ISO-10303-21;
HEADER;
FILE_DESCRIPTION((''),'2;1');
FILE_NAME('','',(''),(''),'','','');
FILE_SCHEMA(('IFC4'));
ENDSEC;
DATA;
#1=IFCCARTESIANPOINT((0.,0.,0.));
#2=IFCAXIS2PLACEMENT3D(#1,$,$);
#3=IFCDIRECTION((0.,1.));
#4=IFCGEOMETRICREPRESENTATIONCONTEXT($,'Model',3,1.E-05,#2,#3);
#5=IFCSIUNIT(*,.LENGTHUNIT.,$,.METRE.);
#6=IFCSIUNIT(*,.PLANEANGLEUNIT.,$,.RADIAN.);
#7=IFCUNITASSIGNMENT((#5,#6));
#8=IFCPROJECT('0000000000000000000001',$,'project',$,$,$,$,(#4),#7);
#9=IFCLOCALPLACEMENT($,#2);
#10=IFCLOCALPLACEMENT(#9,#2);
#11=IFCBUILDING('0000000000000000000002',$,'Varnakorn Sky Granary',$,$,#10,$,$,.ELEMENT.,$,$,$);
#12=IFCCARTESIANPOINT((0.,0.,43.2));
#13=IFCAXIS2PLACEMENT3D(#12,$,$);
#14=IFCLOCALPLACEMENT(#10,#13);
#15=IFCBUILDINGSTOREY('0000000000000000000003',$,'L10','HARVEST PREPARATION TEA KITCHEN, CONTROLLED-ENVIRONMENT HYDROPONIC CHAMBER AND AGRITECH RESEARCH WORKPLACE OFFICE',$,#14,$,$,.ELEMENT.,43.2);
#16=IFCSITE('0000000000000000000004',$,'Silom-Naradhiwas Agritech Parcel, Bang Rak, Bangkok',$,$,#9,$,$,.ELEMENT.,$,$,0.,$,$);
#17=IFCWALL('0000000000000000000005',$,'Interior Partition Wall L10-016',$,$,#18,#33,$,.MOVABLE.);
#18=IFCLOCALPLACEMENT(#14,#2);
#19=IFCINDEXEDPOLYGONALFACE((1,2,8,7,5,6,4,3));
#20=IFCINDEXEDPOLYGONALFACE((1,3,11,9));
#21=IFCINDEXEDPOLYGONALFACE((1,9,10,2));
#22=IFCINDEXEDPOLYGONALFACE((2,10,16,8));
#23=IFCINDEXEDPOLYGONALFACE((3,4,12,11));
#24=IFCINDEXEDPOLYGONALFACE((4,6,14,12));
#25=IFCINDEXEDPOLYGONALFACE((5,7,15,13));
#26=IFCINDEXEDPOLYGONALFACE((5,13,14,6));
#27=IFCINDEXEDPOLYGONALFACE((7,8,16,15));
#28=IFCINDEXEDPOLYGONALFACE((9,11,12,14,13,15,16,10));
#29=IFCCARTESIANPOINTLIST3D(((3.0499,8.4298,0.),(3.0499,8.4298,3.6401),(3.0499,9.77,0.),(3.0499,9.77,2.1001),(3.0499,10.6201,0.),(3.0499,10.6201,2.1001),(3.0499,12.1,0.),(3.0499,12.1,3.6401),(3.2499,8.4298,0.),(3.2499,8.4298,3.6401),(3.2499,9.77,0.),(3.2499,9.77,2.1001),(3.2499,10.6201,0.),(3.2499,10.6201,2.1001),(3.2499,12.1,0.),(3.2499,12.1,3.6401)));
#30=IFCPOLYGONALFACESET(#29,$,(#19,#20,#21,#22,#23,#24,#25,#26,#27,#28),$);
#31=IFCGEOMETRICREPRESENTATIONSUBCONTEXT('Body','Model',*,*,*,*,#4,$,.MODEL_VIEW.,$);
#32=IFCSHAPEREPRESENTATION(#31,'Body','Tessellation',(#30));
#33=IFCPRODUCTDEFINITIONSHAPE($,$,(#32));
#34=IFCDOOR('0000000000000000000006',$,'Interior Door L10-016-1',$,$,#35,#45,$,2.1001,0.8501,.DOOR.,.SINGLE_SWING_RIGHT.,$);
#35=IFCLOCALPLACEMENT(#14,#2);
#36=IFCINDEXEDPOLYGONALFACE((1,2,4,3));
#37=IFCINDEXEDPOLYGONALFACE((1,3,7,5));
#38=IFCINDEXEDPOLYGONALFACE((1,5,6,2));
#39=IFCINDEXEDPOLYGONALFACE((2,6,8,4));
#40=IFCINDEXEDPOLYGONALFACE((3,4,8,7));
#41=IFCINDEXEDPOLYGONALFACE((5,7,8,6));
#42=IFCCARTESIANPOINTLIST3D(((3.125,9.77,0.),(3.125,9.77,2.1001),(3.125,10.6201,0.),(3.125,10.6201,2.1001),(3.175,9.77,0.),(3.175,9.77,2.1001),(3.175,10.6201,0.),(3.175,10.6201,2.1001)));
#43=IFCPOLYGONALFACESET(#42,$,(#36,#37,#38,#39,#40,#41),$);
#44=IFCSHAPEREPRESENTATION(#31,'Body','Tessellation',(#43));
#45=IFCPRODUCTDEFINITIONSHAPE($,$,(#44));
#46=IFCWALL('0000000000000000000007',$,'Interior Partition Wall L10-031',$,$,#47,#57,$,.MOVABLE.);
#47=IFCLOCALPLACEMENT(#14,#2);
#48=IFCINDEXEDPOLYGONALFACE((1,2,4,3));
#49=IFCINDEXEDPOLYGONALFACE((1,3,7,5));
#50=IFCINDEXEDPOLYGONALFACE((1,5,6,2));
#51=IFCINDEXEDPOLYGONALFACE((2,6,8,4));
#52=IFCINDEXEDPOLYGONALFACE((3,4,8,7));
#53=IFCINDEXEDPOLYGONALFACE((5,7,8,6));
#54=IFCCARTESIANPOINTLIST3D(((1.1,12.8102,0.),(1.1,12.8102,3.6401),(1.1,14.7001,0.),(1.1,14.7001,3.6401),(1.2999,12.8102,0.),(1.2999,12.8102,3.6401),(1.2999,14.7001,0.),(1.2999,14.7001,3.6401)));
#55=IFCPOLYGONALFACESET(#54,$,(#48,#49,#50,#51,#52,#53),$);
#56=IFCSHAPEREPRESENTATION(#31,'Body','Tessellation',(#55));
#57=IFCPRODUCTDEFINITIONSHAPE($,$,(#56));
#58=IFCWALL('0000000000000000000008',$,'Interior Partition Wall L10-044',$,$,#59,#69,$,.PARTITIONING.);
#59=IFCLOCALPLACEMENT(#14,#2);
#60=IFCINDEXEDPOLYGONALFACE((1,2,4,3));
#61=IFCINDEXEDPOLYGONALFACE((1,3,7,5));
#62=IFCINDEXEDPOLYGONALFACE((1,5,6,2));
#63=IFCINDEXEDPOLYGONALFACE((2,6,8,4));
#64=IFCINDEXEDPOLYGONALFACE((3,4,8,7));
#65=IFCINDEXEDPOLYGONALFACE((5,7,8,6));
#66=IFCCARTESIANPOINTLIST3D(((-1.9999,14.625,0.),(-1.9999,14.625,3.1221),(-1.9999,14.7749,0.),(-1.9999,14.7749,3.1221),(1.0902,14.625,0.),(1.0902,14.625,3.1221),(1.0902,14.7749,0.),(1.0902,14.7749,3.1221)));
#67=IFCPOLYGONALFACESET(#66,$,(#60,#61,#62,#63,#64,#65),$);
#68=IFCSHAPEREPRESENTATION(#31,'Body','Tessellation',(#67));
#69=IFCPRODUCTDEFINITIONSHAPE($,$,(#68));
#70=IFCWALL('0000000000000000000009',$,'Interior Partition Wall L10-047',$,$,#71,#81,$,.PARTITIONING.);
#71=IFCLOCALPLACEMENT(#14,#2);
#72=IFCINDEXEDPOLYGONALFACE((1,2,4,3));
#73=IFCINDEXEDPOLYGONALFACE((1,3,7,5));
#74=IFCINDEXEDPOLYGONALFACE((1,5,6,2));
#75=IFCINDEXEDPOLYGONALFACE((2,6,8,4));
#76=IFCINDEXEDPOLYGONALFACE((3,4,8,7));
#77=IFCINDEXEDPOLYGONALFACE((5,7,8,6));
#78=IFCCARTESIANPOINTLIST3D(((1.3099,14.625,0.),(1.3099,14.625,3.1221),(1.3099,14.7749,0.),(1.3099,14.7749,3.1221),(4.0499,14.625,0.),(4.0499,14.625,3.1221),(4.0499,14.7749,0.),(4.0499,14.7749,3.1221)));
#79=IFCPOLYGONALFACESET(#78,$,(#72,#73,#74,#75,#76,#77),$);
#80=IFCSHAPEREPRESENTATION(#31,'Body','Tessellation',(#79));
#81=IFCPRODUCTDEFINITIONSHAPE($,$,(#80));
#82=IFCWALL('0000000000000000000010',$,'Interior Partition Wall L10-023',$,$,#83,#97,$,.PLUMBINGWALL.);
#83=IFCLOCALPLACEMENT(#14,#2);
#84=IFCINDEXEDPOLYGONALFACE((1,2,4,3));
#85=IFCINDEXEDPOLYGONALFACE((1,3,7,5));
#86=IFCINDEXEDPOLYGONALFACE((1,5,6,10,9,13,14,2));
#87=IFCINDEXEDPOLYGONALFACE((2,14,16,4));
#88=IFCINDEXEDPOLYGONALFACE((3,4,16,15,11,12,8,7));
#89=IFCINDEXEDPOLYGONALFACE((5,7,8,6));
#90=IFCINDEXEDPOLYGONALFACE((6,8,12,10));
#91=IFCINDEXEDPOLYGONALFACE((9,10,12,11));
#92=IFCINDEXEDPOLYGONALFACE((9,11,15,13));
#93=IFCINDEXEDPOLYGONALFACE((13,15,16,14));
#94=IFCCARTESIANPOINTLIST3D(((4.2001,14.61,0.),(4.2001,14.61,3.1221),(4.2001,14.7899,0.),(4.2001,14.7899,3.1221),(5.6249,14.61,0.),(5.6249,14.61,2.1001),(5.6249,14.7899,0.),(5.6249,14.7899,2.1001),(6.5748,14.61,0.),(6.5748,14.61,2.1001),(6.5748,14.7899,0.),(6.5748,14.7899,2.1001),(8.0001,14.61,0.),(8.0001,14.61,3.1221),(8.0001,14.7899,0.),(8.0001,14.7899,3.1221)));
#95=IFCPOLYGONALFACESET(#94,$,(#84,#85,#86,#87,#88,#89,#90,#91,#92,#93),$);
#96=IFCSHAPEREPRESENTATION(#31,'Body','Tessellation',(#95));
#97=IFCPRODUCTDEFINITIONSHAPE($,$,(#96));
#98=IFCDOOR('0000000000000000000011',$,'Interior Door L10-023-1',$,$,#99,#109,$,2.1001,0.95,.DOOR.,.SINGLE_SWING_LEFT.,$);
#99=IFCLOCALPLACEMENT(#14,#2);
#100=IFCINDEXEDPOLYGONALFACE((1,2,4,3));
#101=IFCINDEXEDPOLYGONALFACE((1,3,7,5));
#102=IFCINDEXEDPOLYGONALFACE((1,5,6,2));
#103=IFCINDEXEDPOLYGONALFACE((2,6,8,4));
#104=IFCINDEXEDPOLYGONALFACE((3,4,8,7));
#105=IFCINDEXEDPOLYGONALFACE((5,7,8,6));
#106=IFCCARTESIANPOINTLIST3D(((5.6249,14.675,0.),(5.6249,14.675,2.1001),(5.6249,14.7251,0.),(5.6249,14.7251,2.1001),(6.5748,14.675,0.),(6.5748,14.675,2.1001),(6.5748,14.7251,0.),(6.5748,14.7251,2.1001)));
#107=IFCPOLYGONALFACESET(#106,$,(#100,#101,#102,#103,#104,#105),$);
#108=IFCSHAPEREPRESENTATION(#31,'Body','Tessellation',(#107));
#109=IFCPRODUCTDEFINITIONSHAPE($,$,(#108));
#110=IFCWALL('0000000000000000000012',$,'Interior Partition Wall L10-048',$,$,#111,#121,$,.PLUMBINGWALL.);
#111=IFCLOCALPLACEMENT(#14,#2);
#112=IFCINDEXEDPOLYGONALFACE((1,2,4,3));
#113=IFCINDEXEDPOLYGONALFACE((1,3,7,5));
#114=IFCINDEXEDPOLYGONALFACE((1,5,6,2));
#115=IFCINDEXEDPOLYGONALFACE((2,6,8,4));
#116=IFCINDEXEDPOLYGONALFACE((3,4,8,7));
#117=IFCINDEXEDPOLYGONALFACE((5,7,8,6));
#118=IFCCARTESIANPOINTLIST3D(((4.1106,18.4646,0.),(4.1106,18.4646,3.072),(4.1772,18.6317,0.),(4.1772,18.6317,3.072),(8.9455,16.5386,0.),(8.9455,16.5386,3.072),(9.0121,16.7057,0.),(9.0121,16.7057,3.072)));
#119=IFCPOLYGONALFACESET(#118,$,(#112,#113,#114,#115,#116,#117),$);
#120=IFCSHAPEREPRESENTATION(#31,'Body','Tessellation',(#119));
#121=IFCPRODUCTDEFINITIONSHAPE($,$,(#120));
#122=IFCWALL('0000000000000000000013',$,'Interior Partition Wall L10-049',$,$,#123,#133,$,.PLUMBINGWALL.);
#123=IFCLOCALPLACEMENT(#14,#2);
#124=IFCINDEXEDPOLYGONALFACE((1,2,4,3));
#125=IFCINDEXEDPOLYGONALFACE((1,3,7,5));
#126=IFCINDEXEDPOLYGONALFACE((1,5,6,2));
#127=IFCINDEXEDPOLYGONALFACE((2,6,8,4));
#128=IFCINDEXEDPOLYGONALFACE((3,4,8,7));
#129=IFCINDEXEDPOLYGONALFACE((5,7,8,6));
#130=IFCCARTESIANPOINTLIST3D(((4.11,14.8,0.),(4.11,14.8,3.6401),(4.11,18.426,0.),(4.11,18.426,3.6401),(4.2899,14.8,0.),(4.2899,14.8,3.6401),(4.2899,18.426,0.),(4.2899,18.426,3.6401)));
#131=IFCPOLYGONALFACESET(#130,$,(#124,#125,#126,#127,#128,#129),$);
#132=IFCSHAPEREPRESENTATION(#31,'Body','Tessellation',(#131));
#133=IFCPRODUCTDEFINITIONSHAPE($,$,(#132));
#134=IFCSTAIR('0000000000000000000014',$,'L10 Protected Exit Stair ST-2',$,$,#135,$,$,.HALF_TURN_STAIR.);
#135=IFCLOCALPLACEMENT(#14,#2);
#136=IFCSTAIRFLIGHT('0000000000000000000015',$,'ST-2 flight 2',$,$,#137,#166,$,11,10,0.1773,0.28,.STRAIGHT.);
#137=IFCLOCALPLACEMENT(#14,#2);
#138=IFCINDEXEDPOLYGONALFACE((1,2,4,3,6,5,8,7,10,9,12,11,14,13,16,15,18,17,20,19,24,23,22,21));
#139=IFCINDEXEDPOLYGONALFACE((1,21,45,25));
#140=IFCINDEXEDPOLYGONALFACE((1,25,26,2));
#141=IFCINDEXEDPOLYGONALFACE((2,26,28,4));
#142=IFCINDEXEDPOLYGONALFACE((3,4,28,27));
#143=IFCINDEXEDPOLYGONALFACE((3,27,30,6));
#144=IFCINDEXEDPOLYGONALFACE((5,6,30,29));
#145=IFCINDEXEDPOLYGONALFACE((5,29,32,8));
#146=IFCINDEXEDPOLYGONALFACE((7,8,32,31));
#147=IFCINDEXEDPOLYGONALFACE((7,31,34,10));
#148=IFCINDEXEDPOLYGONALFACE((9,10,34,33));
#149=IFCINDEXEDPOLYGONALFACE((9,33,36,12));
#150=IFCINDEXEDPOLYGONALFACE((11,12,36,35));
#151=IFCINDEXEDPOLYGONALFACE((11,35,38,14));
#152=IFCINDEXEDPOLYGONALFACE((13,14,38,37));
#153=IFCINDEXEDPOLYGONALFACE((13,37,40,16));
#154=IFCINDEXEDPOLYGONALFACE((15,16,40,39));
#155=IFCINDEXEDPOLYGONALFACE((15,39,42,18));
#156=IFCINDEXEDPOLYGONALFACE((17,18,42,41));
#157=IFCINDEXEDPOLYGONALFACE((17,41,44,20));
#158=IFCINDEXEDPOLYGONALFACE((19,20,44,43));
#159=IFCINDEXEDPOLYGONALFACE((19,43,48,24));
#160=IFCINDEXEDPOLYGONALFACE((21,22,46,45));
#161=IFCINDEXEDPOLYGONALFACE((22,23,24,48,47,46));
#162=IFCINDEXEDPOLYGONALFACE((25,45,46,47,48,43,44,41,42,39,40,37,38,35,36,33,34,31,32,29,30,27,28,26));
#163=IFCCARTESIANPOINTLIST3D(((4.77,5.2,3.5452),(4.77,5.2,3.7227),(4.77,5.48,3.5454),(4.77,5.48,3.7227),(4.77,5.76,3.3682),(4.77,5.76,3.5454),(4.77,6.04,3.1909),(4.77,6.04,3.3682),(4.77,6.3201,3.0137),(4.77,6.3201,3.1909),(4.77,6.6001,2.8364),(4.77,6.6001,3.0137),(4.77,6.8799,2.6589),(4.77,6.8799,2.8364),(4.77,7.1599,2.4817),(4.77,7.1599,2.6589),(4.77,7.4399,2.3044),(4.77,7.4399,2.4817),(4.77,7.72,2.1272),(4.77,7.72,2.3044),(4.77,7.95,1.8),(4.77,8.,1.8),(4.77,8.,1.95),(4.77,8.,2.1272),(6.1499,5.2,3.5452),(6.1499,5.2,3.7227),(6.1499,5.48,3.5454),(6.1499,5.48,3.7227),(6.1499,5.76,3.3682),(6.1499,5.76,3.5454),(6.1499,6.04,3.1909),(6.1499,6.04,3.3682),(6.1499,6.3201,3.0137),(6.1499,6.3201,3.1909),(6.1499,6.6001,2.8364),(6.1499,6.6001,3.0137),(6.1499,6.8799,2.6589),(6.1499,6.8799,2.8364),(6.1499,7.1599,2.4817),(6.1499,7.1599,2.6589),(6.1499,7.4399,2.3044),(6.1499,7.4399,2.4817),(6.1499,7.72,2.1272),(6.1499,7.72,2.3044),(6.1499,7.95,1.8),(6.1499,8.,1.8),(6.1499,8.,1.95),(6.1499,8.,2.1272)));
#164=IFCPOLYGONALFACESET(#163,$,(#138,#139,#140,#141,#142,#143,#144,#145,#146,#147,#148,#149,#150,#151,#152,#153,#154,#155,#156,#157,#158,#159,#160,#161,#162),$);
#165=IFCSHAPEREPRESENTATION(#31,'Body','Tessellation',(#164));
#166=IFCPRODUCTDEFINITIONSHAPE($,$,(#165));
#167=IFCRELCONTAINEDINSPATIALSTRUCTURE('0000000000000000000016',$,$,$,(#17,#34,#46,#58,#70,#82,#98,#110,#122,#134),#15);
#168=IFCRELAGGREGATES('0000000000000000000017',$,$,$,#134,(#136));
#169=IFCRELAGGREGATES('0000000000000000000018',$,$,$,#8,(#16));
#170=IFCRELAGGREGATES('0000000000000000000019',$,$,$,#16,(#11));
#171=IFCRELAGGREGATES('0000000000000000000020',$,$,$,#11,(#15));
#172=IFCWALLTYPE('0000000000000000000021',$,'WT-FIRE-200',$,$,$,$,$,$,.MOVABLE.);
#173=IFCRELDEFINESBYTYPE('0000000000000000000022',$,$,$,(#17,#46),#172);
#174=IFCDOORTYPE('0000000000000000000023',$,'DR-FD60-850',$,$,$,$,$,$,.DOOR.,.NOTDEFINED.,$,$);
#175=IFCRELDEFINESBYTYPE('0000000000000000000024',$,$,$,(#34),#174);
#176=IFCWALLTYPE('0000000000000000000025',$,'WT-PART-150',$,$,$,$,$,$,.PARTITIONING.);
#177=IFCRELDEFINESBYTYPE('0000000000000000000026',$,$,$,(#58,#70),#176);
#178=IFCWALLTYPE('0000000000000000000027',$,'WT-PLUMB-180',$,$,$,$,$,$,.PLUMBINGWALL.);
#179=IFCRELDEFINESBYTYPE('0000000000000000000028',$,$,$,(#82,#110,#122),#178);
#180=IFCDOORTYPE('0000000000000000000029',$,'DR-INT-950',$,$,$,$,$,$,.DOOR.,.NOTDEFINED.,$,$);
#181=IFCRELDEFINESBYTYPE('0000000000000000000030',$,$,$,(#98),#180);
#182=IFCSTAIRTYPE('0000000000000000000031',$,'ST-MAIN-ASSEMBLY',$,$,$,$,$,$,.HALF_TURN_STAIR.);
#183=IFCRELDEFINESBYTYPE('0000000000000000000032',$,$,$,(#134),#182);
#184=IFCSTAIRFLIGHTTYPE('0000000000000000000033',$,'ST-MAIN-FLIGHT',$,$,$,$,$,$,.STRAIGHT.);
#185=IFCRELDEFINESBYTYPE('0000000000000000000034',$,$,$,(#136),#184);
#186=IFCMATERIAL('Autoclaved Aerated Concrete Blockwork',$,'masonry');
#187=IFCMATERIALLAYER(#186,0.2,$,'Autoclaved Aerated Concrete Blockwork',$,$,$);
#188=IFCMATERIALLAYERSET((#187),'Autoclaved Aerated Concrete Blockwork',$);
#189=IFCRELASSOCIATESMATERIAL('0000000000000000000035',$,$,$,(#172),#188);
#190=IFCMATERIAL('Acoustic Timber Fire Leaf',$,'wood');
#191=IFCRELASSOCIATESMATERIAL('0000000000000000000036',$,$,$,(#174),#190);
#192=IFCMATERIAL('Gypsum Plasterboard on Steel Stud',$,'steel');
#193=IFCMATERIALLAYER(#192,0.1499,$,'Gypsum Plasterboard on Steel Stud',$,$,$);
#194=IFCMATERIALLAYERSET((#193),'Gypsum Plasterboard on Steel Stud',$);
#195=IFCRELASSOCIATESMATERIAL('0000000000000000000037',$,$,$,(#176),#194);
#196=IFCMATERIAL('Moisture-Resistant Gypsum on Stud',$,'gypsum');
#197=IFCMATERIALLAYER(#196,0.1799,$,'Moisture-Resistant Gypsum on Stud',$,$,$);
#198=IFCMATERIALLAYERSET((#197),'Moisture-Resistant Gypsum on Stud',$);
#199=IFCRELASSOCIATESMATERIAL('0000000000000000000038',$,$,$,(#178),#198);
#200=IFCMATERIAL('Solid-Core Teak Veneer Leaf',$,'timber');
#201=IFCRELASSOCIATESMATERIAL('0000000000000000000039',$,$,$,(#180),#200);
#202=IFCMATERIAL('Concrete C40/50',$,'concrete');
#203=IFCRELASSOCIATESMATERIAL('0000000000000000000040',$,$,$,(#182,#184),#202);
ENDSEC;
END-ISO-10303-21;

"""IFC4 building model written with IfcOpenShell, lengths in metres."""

from ifc_helpers import new_model, si_unit, direction, frame, frame_2d, origin, place, context, subcontext, project, spatial, polyline, rectangle, outline, extrude, material, layer, layer_set, type_object, element, fill, aggregate, save


model = new_model("IFC4")

# Units and contexts
model_context = context("Model", 3, precision=1e-05, world=origin(), true_north=direction((0.0, 1.0)))
body_context = subcontext(model_context, "Body", "Model", "MODEL_VIEW")
ifc_project = project(units=[si_unit("LENGTHUNIT", "METRE"), si_unit("PLANEANGLEUNIT", "RADIAN")], contexts=[model_context])

# Site, building, storey
site_placement = place(None, origin())
site = spatial("IfcSite", under=ifc_project, at=site_placement, Name="Silom-Naradhiwas Agritech Parcel, Bang Rak, Bangkok", CompositionType="ELEMENT", RefElevation=0.0)
building_placement = place(site_placement, origin())
building = spatial("IfcBuilding", under=site, at=building_placement, Name="Varnakorn Sky Granary", CompositionType="ELEMENT")
storey_placement = place(building_placement, frame((0.0, 0.0, 43.2)))
storey = spatial("IfcBuildingStorey", under=building, at=storey_placement, Name="L10", Description="HARVEST PREPARATION TEA KITCHEN, CONTROLLED-ENVIRONMENT HYDROPONIC CHAMBER AND AGRITECH RESEARCH WORKPLACE OFFICE", CompositionType="ELEMENT", Elevation=43.2)

# Wall, opening, door
ifc_material_1 = material(Name="Autoclaved Aerated Concrete Blockwork", Category="masonry")
ifc_layer_1 = layer(ifc_material_1, 0.2, Name="Autoclaved Aerated Concrete Blockwork")
ifc_layer_set_1 = layer_set([ifc_layer_1], Name="Autoclaved Aerated Concrete Blockwork")
wall_type_1 = type_object("IfcWallType", Name="WT-FIRE-200", PredefinedType="MOVABLE", material=ifc_layer_set_1)
ifc_material_2 = material(Name="Acoustic Timber Fire Leaf", Category="wood")
door_type_1 = type_object("IfcDoorType", Name="DR-FD60-850", OperationType="NOTDEFINED", PredefinedType="DOOR", material=ifc_material_2)
wall_1_placement = place(storey_placement, frame((3.1499, 8.4299, 0.0), z_axis=(0.0, 0.0, 1.0), x_axis=(0.0, 1.0, 0.0)))
wall_1 = element("IfcWall", 1, at=wall_1_placement, inside=storey, type_object=wall_type_1, Name="Interior Partition Wall L10-016", PredefinedType="MOVABLE", context=body_context, shape_type="SweptSolid", body=[
    extrude(rectangle(XDim=3.6702, YDim=0.2, at=frame_2d((1.835, 0.0))), origin(), (0.0, 0.0, 1.0), 3.6401),
])
opening_1_placement = place(wall_1_placement, frame((1.3401, 0.0, 0.0)))
opening_1 = element("IfcOpeningElement", 2, at=opening_1_placement, cuts=wall_1, PredefinedType="OPENING", context=body_context, shape_type="SweptSolid", body=[
    extrude(rectangle(XDim=0.8501, YDim=2.1001, at=frame_2d((0.425, 1.05))), frame((0.0, 0.1099, 0.0), z_axis=(0.0, -1.0, 0.0), x_axis=(1.0, 0.0, 0.0)), (0.0, 0.0, 1.0), 0.22),
])
door_1_placement = place(opening_1_placement, origin())
door_1 = element("IfcDoor", 3, at=door_1_placement, inside=storey, type_object=door_type_1, Name="Interior Door L10-016-1", OperationType="SINGLE_SWING_RIGHT", OverallHeight=2.1001, OverallWidth=0.8501, PredefinedType="DOOR", context=body_context, shape_type="SweptSolid", body=[
    extrude(rectangle(XDim=0.8501, YDim=2.1001, at=frame_2d((0.425, 1.05))), frame((0.0, 0.0249, 0.0), z_axis=(0.0, -1.0, 0.0), x_axis=(1.0, 0.0, 0.0)), (0.0, 0.0, 1.0), 0.05),
])
fill(opening_1, door_1)

# Walls
wall_2_placement = place(storey_placement, frame((1.2, 14.7, 0.0), z_axis=(0.0, 0.0, 1.0), x_axis=(0.0, -1.0, 0.0)))
element("IfcWall", 4, at=wall_2_placement, inside=storey, type_object=wall_type_1, Name="Interior Partition Wall L10-031", PredefinedType="MOVABLE", context=body_context, shape_type="SweptSolid", body=[
    extrude(rectangle(XDim=1.8899, YDim=0.2, at=frame_2d((0.9448, 0.0))), origin(), (0.0, 0.0, 1.0), 3.6401),
])
ifc_material_3 = material(Name="Gypsum Plasterboard on Steel Stud", Category="steel")
ifc_layer_2 = layer(ifc_material_3, 0.1499, Name="Gypsum Plasterboard on Steel Stud")
ifc_layer_set_2 = layer_set([ifc_layer_2], Name="Gypsum Plasterboard on Steel Stud")
wall_type_2 = type_object("IfcWallType", Name="WT-PART-150", PredefinedType="PARTITIONING", material=ifc_layer_set_2)
wall_3_placement = place(storey_placement, frame((1.0901, 14.7, 0.0), z_axis=(0.0, 0.0, 1.0), x_axis=(-1.0, 0.0, 0.0)))
element("IfcWall", 5, at=wall_3_placement, inside=storey, type_object=wall_type_2, Name="Interior Partition Wall L10-044", PredefinedType="PARTITIONING", context=body_context, shape_type="SweptSolid", body=[
    extrude(rectangle(XDim=3.0901, YDim=0.1499, at=frame_2d((1.5449, 0.0))), origin(), (0.0, 0.0, 1.0), 3.1221),
])
wall_4_placement = place(storey_placement, frame((4.05, 14.7, 0.0), z_axis=(0.0, 0.0, 1.0), x_axis=(-1.0, 0.0, 0.0)))
element("IfcWall", 6, at=wall_4_placement, inside=storey, type_object=wall_type_2, Name="Interior Partition Wall L10-047", PredefinedType="PARTITIONING", context=body_context, shape_type="SweptSolid", body=[
    extrude(rectangle(XDim=2.74, YDim=0.1499, at=frame_2d((1.3701, 0.0))), origin(), (0.0, 0.0, 1.0), 3.1221),
])

# Wall, opening, door
ifc_material_4 = material(Name="Moisture-Resistant Gypsum on Stud", Category="gypsum")
ifc_layer_3 = layer(ifc_material_4, 0.1799, Name="Moisture-Resistant Gypsum on Stud")
ifc_layer_set_3 = layer_set([ifc_layer_3], Name="Moisture-Resistant Gypsum on Stud")
wall_type_3 = type_object("IfcWallType", Name="WT-PLUMB-180", PredefinedType="PLUMBINGWALL", material=ifc_layer_set_3)
wall_5_placement = place(storey_placement, frame((8.0, 14.7, 0.0), z_axis=(0.0, 0.0, 1.0), x_axis=(-1.0, 0.0, 0.0)))
wall_5 = element("IfcWall", 7, at=wall_5_placement, inside=storey, type_object=wall_type_3, Name="Interior Partition Wall L10-023", PredefinedType="PLUMBINGWALL", context=body_context, shape_type="SweptSolid", body=[
    extrude(rectangle(XDim=3.8, YDim=0.1799, at=frame_2d((1.8999, 0.0))), origin(), (0.0, 0.0, 1.0), 3.1221),
])
opening_2_placement = place(wall_5_placement, frame((1.425, 0.0, 0.0)))
opening_2 = element("IfcOpeningElement", 8, at=opening_2_placement, cuts=wall_5, PredefinedType="OPENING", context=body_context, shape_type="SweptSolid", body=[
    extrude(rectangle(XDim=0.95, YDim=2.1001, at=frame_2d((0.4751, 1.05))), frame((0.0, 0.1001, 0.0), z_axis=(0.0, -1.0, 0.0), x_axis=(1.0, 0.0, 0.0)), (0.0, 0.0, 1.0), 0.2),
])
ifc_material_5 = material(Name="Solid-Core Teak Veneer Leaf", Category="timber")
door_type_2 = type_object("IfcDoorType", Name="DR-INT-950", OperationType="NOTDEFINED", PredefinedType="DOOR", material=ifc_material_5)
door_2_placement = place(opening_2_placement, origin())
door_2 = element("IfcDoor", 9, at=door_2_placement, inside=storey, type_object=door_type_2, Name="Interior Door L10-023-1", OperationType="SINGLE_SWING_LEFT", OverallHeight=2.1001, OverallWidth=0.95, PredefinedType="DOOR", context=body_context, shape_type="SweptSolid", body=[
    extrude(rectangle(XDim=0.95, YDim=2.1001, at=frame_2d((0.4751, 1.05))), frame((0.0, 0.0249, 0.0), z_axis=(0.0, -1.0, 0.0), x_axis=(1.0, 0.0, 0.0)), (0.0, 0.0, 1.0), 0.05),
])
fill(opening_2, door_2)

# Walls
wall_6_placement = place(storey_placement, frame((4.144, 18.5481, 0.0), z_axis=(0.0, 0.0, 1.0), x_axis=(0.929003, -0.370072, 0.0)))
element("IfcWall", 10, at=wall_6_placement, inside=storey, type_object=wall_type_3, Name="Interior Partition Wall L10-048", PredefinedType="PLUMBINGWALL", context=body_context, shape_type="SweptSolid", body=[
    extrude(rectangle(XDim=5.2043, YDim=0.1799, at=frame_2d((2.6021, 0.0))), origin(), (0.0, 0.0, 1.0), 3.072),
])
wall_7_placement = place(storey_placement, frame((4.2, 18.426, 0.0), z_axis=(0.0, 0.0, 1.0), x_axis=(0.0, -1.0, 0.0)))
element("IfcWall", 11, at=wall_7_placement, inside=storey, type_object=wall_type_3, Name="Interior Partition Wall L10-049", PredefinedType="PLUMBINGWALL", context=body_context, shape_type="SweptSolid", body=[
    extrude(rectangle(XDim=3.626, YDim=0.1799, at=frame_2d((1.813, 0.0))), origin(), (0.0, 0.0, 1.0), 3.6401),
])

# Stair, stair flight
ifc_material_6 = material(Name="Concrete C40/50", Category="concrete")
stair_type = type_object("IfcStairType", Name="ST-MAIN-ASSEMBLY", PredefinedType="HALF_TURN_STAIR", material=ifc_material_6)
stair_placement = place(storey_placement, origin())
stair = element("IfcStair", 12, at=stair_placement, inside=storey, type_object=stair_type, Name="L10 Protected Exit Stair ST-2", PredefinedType="HALF_TURN_STAIR")
stair_flight_type = type_object("IfcStairFlightType", Name="ST-MAIN-FLIGHT", PredefinedType="STRAIGHT", material=ifc_material_6)
stair_flight_placement = place(storey_placement, frame((5.46, 8.0, 1.95), z_axis=(0.0, 0.0, 1.0), x_axis=(0.0, -1.0, 0.0)))
stair_flight = element("IfcStairFlight", 13, at=stair_flight_placement, type_object=stair_flight_type, Name="ST-2 flight 2", NumberOfRisers=11, NumberOfTreads=10, PredefinedType="STRAIGHT", RiserHeight=0.1773, TreadLength=0.28, context=body_context, shape_type="SweptSolid", body=[
    extrude(outline(polyline([(0.0, -0.1499), (0.0, 0.0), (0.0, 0.1772), (0.28, 0.1772), (0.28, 0.3545), (0.5601, 0.3545), (0.5601, 0.5317), (0.8401, 0.5317), (0.8401, 0.709), (1.1201, 0.709), (1.1201, 0.8865), (1.3999, 0.8865), (1.3999, 1.0637), (1.6799, 1.0637), (1.6799, 1.241), (1.96, 1.241), (1.96, 1.4182), (2.24, 1.4182), (2.24, 1.5955), (2.52, 1.5955), (2.52, 1.7727), (2.8, 1.7727), (2.8, 1.95), (2.8, 1.5952), (0.05, -0.1499), (0.0, -0.1499)])), frame((0.0, 0.6899, 0.0), z_axis=(0.0, -1.0, 0.0), x_axis=(1.0, 0.0, 0.0)), (0.0, 0.0, 1.0), 1.3799),
])
aggregate(stair, [stair_flight])

save(model, "model.ifc")
